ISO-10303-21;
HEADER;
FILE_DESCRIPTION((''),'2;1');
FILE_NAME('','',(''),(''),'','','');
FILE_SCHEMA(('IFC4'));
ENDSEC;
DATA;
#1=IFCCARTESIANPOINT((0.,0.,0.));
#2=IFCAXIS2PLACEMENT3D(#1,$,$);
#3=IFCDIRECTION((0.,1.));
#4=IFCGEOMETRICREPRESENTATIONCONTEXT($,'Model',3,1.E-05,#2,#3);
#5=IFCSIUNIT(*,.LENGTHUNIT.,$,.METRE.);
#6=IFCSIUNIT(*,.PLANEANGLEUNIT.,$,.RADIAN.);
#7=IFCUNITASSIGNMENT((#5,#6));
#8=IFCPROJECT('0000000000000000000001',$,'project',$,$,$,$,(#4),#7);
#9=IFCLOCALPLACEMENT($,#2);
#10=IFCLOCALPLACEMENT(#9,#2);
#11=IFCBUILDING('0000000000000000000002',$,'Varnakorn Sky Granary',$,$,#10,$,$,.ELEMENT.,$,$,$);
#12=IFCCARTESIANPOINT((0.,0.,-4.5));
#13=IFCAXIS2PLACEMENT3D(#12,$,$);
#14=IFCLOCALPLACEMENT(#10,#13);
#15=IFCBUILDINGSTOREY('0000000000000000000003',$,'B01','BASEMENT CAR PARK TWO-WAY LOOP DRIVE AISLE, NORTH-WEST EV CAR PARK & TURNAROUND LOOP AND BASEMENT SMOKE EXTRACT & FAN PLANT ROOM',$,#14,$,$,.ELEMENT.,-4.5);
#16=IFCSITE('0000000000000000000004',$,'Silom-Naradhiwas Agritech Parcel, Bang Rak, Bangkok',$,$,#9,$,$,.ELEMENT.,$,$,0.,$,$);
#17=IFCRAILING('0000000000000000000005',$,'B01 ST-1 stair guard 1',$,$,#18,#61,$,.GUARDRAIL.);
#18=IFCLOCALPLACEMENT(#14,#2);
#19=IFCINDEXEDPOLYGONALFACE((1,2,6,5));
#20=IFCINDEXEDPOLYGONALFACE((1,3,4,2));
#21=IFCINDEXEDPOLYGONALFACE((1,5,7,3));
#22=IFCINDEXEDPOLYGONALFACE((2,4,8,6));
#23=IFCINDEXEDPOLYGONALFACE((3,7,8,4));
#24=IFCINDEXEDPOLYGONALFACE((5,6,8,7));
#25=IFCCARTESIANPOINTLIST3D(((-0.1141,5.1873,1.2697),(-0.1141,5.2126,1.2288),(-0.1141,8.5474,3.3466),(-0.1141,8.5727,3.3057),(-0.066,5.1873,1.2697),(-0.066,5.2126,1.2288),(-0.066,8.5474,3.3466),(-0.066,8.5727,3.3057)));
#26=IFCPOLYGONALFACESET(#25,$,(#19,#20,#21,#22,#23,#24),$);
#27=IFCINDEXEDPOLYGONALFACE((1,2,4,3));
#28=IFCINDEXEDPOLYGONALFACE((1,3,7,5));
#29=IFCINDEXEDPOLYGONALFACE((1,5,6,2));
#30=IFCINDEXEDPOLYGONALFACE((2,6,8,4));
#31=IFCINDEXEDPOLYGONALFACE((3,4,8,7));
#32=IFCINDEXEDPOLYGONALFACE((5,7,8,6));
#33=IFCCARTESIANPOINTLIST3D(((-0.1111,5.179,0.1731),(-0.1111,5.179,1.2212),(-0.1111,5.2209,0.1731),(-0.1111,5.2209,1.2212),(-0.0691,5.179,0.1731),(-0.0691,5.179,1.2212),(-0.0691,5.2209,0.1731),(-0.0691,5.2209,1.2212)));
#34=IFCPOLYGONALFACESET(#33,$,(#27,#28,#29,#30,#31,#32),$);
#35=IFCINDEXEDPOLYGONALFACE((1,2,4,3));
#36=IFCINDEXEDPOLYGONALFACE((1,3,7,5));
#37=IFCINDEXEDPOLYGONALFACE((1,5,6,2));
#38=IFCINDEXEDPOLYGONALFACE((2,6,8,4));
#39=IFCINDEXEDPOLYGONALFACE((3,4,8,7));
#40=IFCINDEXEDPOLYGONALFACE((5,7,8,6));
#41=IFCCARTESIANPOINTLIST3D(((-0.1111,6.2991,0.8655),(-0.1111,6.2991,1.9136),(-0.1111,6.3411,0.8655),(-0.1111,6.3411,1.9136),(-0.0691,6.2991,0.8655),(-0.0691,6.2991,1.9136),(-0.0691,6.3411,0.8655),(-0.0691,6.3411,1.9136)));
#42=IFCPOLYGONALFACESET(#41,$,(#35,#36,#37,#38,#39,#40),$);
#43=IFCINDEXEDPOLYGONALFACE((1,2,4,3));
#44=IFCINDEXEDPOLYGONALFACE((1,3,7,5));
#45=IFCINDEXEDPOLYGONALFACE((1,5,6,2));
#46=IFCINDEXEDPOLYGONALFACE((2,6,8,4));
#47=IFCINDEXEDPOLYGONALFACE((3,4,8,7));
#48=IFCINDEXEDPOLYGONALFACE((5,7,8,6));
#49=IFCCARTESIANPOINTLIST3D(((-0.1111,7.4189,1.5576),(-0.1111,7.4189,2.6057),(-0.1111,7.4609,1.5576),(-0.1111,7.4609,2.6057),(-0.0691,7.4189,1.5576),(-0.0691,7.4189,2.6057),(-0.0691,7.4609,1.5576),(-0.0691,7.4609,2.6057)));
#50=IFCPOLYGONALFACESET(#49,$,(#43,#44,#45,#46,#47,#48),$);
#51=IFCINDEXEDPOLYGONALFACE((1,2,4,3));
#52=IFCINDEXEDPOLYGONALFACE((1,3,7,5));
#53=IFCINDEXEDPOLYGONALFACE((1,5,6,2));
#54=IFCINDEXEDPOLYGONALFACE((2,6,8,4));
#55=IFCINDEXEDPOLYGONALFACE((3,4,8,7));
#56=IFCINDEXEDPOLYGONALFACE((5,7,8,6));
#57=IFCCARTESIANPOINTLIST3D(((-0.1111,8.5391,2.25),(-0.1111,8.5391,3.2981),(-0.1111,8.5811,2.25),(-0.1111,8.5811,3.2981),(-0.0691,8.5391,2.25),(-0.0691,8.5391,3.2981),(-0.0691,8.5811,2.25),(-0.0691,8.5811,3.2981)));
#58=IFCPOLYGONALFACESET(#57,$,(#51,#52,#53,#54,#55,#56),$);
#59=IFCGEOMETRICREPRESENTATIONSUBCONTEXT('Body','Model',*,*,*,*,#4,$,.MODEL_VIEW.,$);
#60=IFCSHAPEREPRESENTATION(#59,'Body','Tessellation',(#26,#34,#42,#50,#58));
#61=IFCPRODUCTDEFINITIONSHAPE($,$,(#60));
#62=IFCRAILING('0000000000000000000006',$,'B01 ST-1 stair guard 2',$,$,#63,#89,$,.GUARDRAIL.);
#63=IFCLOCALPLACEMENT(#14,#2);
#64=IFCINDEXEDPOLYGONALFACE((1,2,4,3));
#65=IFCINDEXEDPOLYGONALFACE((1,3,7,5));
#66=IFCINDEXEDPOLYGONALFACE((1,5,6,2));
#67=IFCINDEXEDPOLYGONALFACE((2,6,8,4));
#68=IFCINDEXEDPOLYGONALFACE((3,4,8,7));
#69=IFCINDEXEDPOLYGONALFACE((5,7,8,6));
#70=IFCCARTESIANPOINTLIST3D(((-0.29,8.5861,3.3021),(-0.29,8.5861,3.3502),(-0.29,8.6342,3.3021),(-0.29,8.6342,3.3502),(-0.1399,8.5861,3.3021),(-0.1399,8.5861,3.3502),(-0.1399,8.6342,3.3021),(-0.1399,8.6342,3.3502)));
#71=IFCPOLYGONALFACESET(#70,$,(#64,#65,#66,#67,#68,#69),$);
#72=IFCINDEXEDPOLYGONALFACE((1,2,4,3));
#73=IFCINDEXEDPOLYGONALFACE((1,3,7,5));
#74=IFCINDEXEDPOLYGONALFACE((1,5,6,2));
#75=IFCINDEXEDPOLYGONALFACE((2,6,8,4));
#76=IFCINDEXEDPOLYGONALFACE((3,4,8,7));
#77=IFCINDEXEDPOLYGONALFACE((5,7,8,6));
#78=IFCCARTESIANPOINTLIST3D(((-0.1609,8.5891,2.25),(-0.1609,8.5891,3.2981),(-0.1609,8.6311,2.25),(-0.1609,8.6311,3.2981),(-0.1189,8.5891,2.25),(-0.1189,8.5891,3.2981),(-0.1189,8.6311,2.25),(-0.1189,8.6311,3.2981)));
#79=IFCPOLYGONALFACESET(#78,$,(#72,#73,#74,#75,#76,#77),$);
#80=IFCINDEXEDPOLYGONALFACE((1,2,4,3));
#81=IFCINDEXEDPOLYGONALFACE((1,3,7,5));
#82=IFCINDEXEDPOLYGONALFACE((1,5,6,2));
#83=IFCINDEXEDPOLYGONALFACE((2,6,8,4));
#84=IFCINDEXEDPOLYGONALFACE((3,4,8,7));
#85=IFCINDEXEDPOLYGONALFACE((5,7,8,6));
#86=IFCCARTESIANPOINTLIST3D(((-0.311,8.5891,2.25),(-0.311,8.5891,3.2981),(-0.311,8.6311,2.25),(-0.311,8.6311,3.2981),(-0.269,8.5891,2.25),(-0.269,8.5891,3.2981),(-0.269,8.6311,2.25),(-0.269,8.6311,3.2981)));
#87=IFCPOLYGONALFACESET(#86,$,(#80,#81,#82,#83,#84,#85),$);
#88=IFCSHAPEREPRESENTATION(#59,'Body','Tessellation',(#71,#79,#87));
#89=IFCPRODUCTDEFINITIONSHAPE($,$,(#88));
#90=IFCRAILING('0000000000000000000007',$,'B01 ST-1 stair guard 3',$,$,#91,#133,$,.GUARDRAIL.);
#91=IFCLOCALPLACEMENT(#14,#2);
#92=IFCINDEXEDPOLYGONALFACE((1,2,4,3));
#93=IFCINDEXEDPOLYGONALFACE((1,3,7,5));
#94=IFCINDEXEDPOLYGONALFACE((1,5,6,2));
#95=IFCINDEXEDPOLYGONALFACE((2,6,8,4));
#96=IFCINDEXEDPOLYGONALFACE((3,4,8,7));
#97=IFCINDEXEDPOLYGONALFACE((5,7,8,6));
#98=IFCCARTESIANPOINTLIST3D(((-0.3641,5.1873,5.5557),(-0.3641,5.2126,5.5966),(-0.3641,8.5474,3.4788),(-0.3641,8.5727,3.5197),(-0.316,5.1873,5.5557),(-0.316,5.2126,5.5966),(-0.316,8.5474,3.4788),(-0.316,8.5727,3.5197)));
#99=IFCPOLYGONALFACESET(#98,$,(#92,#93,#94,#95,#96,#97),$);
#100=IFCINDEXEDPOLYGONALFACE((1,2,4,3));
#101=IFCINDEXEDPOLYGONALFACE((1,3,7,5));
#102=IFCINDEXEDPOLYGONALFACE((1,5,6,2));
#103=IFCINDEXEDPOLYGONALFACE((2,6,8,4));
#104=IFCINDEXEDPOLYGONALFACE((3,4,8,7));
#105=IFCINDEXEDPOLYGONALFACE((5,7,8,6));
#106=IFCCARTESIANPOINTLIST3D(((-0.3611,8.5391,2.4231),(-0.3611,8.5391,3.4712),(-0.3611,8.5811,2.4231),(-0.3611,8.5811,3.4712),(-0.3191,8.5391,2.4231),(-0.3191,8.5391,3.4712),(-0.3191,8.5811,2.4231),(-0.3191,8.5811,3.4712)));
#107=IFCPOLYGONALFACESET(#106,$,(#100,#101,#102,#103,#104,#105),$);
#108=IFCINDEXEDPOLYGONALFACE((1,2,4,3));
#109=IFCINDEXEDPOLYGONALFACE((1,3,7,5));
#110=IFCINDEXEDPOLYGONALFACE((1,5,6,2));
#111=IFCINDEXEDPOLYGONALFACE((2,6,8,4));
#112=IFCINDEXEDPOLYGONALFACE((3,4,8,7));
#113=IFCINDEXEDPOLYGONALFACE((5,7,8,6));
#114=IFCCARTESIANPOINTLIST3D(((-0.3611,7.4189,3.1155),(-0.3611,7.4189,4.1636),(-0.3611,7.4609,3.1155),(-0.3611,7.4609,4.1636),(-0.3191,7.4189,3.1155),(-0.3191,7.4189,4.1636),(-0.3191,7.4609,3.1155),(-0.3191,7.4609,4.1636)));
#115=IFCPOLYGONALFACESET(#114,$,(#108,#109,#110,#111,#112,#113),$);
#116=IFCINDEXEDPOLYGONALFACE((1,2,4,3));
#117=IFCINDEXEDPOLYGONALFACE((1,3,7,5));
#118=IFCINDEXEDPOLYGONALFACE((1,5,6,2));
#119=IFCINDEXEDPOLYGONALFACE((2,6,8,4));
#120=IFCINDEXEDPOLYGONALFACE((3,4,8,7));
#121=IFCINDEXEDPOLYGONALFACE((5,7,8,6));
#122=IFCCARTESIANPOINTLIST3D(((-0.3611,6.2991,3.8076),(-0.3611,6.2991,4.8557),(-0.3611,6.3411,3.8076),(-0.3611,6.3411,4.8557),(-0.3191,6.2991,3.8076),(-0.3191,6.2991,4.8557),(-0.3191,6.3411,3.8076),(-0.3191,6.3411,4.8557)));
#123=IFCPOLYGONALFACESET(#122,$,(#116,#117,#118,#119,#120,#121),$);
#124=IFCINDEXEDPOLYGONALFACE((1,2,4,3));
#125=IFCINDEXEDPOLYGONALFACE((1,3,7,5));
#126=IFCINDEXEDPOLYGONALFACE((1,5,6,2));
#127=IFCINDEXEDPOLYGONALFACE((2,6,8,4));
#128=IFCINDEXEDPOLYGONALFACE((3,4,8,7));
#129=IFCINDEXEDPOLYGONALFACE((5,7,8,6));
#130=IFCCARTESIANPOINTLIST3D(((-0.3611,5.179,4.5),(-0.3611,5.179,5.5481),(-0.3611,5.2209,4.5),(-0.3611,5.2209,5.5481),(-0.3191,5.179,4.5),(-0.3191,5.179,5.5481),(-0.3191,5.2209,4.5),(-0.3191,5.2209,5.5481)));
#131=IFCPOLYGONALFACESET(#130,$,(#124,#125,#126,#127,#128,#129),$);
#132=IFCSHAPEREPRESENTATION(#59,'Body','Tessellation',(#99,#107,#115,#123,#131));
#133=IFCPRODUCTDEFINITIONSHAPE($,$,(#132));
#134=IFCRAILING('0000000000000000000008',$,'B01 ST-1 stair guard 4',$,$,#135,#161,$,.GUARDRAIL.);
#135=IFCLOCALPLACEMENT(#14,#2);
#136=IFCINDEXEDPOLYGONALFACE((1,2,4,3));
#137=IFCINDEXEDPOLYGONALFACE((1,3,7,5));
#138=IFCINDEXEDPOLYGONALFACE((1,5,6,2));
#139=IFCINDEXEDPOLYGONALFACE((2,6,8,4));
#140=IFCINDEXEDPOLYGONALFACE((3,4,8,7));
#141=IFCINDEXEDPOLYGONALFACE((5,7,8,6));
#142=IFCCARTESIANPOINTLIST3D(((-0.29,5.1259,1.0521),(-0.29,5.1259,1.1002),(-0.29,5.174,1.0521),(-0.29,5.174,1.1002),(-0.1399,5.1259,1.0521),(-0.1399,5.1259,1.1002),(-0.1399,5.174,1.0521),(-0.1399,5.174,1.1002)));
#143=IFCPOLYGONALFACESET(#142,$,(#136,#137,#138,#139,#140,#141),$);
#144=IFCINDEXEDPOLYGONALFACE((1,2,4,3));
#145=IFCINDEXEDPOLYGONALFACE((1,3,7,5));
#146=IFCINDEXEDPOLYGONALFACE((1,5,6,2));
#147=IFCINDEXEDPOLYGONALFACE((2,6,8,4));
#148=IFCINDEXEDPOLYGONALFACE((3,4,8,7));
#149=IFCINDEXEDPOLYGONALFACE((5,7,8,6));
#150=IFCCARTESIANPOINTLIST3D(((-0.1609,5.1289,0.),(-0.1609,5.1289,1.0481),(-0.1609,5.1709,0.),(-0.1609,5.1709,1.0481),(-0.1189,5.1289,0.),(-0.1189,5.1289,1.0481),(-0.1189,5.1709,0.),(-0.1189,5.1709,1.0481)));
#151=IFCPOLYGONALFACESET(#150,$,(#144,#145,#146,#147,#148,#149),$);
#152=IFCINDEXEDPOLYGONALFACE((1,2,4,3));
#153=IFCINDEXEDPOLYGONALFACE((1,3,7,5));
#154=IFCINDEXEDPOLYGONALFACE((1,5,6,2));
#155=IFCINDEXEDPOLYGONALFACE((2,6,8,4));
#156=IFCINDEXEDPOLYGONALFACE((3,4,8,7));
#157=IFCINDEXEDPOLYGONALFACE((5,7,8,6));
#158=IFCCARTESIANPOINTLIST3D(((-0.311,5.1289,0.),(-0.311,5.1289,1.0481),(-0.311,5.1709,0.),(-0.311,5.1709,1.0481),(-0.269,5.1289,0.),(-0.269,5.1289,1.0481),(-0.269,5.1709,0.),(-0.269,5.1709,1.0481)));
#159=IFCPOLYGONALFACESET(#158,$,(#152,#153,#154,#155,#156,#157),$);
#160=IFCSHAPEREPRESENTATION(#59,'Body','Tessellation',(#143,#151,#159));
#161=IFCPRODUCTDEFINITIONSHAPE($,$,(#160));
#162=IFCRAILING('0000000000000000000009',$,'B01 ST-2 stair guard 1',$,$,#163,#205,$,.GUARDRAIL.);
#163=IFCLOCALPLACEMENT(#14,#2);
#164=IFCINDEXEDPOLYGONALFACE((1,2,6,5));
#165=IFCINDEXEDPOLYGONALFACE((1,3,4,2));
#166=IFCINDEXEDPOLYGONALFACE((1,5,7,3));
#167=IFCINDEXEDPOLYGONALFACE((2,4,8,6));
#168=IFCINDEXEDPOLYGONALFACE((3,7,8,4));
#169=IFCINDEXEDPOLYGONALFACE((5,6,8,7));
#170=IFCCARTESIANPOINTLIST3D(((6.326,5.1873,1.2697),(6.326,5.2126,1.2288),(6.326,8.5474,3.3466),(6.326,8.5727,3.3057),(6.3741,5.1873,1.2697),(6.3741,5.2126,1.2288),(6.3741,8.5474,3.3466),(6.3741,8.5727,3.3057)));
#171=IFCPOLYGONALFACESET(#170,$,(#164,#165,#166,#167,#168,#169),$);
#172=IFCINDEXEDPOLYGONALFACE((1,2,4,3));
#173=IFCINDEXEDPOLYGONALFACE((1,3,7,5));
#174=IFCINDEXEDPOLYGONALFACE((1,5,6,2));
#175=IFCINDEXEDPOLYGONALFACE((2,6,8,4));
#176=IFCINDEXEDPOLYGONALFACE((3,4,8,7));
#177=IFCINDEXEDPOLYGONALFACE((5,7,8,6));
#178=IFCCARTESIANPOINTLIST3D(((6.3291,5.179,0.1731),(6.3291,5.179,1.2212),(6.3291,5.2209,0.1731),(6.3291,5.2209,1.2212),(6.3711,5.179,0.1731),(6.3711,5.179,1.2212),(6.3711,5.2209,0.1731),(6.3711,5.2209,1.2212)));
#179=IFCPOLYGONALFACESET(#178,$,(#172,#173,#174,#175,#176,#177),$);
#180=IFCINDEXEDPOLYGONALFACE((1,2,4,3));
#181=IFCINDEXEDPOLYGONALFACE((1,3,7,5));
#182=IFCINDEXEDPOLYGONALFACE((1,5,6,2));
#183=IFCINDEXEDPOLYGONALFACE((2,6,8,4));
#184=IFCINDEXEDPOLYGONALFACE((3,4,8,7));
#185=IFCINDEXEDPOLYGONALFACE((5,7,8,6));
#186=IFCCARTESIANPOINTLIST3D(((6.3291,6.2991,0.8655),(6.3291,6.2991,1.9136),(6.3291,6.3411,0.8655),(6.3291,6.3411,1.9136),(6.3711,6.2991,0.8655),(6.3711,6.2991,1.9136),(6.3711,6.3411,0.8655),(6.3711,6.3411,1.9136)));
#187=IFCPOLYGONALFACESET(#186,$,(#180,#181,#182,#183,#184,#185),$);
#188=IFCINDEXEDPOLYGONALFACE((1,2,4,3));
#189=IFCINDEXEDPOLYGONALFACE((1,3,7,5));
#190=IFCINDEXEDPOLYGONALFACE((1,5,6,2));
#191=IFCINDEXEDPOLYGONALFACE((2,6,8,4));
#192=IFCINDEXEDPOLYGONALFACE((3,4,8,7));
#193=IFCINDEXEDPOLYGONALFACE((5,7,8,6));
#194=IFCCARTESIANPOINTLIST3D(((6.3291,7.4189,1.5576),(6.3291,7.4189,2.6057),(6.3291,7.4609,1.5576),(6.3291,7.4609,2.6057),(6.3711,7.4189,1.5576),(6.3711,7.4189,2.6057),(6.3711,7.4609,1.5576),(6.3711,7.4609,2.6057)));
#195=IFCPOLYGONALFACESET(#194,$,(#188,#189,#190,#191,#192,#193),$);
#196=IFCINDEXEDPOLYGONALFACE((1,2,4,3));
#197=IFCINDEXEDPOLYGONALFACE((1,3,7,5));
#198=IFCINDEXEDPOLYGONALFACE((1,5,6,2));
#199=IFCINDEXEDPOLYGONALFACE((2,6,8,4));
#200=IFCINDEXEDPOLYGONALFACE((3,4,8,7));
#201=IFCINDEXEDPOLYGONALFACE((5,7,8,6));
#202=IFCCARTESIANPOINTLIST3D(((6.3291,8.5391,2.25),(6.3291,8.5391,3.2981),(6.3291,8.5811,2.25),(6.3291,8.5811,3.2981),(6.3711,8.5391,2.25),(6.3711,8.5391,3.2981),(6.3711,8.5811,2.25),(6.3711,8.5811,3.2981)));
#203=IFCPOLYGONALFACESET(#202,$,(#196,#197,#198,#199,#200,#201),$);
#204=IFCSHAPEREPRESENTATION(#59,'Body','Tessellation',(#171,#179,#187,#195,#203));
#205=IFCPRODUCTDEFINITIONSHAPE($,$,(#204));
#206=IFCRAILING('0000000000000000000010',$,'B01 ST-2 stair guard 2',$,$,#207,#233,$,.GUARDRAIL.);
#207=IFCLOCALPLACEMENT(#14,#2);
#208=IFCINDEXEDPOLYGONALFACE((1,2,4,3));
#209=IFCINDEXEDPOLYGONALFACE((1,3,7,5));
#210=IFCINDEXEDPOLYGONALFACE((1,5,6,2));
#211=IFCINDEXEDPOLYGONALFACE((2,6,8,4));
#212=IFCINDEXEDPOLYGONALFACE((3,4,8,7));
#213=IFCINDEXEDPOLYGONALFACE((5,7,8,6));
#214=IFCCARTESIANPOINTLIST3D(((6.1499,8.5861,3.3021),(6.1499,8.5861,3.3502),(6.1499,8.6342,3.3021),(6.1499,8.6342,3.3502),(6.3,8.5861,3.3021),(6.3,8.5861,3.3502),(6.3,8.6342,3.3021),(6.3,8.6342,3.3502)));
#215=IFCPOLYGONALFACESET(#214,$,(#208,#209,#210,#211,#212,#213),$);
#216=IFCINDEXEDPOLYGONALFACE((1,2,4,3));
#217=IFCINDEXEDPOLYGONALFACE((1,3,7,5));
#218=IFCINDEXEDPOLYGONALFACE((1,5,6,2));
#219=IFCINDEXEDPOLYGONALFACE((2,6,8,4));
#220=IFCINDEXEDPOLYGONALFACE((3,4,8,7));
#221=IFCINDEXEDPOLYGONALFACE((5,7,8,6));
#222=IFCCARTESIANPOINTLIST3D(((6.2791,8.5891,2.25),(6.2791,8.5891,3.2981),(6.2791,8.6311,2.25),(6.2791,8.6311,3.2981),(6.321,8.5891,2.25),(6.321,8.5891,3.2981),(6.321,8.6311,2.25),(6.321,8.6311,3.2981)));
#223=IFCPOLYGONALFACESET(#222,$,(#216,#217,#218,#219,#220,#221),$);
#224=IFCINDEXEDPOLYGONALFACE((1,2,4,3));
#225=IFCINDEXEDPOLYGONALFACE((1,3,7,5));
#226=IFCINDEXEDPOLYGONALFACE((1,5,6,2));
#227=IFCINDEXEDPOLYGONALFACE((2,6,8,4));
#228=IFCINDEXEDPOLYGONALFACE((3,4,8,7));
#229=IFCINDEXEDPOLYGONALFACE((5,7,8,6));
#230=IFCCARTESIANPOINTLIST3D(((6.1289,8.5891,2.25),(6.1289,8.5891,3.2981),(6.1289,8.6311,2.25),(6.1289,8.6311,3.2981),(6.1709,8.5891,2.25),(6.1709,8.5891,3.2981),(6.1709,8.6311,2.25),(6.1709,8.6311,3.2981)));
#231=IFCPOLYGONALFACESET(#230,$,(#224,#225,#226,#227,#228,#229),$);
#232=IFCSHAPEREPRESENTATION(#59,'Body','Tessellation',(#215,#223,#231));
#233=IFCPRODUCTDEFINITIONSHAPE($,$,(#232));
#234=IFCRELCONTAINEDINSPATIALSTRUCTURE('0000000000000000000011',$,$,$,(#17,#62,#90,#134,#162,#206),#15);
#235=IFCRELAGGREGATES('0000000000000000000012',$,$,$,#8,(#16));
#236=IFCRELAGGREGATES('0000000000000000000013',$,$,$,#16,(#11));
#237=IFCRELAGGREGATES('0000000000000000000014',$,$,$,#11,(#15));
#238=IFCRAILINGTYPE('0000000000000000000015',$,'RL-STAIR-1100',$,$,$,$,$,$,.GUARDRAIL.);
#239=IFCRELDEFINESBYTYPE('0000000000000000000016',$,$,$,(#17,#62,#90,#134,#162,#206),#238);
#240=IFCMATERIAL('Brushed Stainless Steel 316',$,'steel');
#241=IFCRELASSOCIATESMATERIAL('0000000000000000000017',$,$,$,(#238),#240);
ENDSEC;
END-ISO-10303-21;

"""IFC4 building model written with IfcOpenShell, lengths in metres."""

from ifc_helpers import new_model, si_unit, direction, frame, origin, origin_2d, place, context, subcontext, project, spatial, rectangle, extrude, material, type_object, element, save


model = new_model("IFC4")

# Units and contexts
model_context = context("Model", 3, precision=1e-05, world=origin(), true_north=direction((0.0, 1.0)))
body_context = subcontext(model_context, "Body", "Model", "MODEL_VIEW")
ifc_project = project(units=[si_unit("LENGTHUNIT", "METRE"), si_unit("PLANEANGLEUNIT", "RADIAN")], contexts=[model_context])

# Site, building, storey
site_placement = place(None, origin())
site = spatial("IfcSite", under=ifc_project, at=site_placement, Name="Silom-Naradhiwas Agritech Parcel, Bang Rak, Bangkok", CompositionType="ELEMENT", RefElevation=0.0)
building_placement = place(site_placement, origin())
building = spatial("IfcBuilding", under=site, at=building_placement, Name="Varnakorn Sky Granary", CompositionType="ELEMENT")
storey_placement = place(building_placement, frame((0.0, 0.0, -4.5)))
storey = spatial("IfcBuildingStorey", under=building, at=storey_placement, Name="B01", Description="BASEMENT CAR PARK TWO-WAY LOOP DRIVE AISLE, NORTH-WEST EV CAR PARK & TURNAROUND LOOP AND BASEMENT SMOKE EXTRACT & FAN PLANT ROOM", CompositionType="ELEMENT", Elevation=-4.5)

# Railings
ifc_material_1 = material(Name="Brushed Stainless Steel 316", Category="steel")
railing_type_1 = type_object("IfcRailingType", Name="RL-STAIR-1100", PredefinedType="GUARDRAIL", material=ifc_material_1)
railing_1_placement = place(storey_placement, frame((-0.0901, 5.2, 0.1731)))
element("IfcRailing", 1, at=railing_1_placement, inside=storey, type_object=railing_type_1, Name="B01 ST-1 stair guard 1", PredefinedType="GUARDRAIL", context=body_context, shape_type="SweptSolid", body=[
    extrude(rectangle(XDim=0.0481, YDim=0.0481, at=origin_2d()), frame((0.0, 0.0, 1.0762), z_axis=(0.0, 0.850623, 0.525776), x_axis=(-1.0, 0.0, 0.0)), (0.0, 0.0, 1.0), 3.9502),
    extrude(rectangle(XDim=0.042, YDim=0.042, at=origin_2d()), origin(), (0.0, 0.0, 1.0), 1.0481),
    extrude(rectangle(XDim=0.042, YDim=0.042, at=origin_2d()), frame((0.0, 1.1201, 0.6924)), (0.0, 0.0, 1.0), 1.0481),
    extrude(rectangle(XDim=0.042, YDim=0.042, at=origin_2d()), frame((0.0, 2.24, 1.3845)), (0.0, 0.0, 1.0), 1.0481),
    extrude(rectangle(XDim=0.042, YDim=0.042, at=origin_2d()), frame((0.0, 3.3601, 2.0769)), (0.0, 0.0, 1.0), 1.0481),
])
railing_2_placement = place(storey_placement, frame((-0.1399, 8.6101, 2.25)))
element("IfcRailing", 2, at=railing_2_placement, inside=storey, type_object=railing_type_1, Name="B01 ST-1 stair guard 2", PredefinedType="GUARDRAIL", context=body_context, shape_type="SweptSolid", body=[
    extrude(rectangle(XDim=0.0481, YDim=0.0481, at=origin_2d()), frame((0.0, 0.0, 1.0762), z_axis=(-1.0, 0.0, 0.0), x_axis=(0.0, -1.0, 0.0)), (0.0, 0.0, 1.0), 0.1501),
    extrude(rectangle(XDim=0.042, YDim=0.042, at=origin_2d()), origin(), (0.0, 0.0, 1.0), 1.0481),
    extrude(rectangle(XDim=0.042, YDim=0.042, at=origin_2d()), frame((-0.1501, 0.0, 0.0)), (0.0, 0.0, 1.0), 1.0481),
])
railing_3_placement = place(storey_placement, frame((-0.3401, 8.5601, 2.4231)))
element("IfcRailing", 3, at=railing_3_placement, inside=storey, type_object=railing_type_1, Name="B01 ST-1 stair guard 3", PredefinedType="GUARDRAIL", context=body_context, shape_type="SweptSolid", body=[
    extrude(rectangle(XDim=0.0481, YDim=0.0481, at=origin_2d()), frame((0.0, 0.0, 1.0762), z_axis=(0.0, -0.850623, 0.525776), x_axis=(1.0, 0.0, 0.0)), (0.0, 0.0, 1.0), 3.9502),
    extrude(rectangle(XDim=0.042, YDim=0.042, at=origin_2d()), origin(), (0.0, 0.0, 1.0), 1.0481),
    extrude(rectangle(XDim=0.042, YDim=0.042, at=origin_2d()), frame((0.0, -1.1201, 0.6924)), (0.0, 0.0, 1.0), 1.0481),
    extrude(rectangle(XDim=0.042, YDim=0.042, at=origin_2d()), frame((0.0, -2.24, 1.3845)), (0.0, 0.0, 1.0), 1.0481),
    extrude(rectangle(XDim=0.042, YDim=0.042, at=origin_2d()), frame((0.0, -3.3601, 2.0769)), (0.0, 0.0, 1.0), 1.0481),
])
railing_4_placement = place(storey_placement, frame((-0.1399, 5.1499, 0.0)))
element("IfcRailing", 4, at=railing_4_placement, inside=storey, type_object=railing_type_1, Name="B01 ST-1 stair guard 4", PredefinedType="GUARDRAIL", context=body_context, shape_type="SweptSolid", body=[
    extrude(rectangle(XDim=0.0481, YDim=0.0481, at=origin_2d()), frame((0.0, 0.0, 1.0762), z_axis=(-1.0, 0.0, 0.0), x_axis=(0.0, -1.0, 0.0)), (0.0, 0.0, 1.0), 0.1501),
    extrude(rectangle(XDim=0.042, YDim=0.042, at=origin_2d()), origin(), (0.0, 0.0, 1.0), 1.0481),
    extrude(rectangle(XDim=0.042, YDim=0.042, at=origin_2d()), frame((-0.1501, 0.0, 0.0)), (0.0, 0.0, 1.0), 1.0481),
])
railing_5_placement = place(storey_placement, frame((6.3501, 5.2, 0.1731)))
element("IfcRailing", 5, at=railing_5_placement, inside=storey, type_object=railing_type_1, Name="B01 ST-2 stair guard 1", PredefinedType="GUARDRAIL", context=body_context, shape_type="SweptSolid", body=[
    extrude(rectangle(XDim=0.0481, YDim=0.0481, at=origin_2d()), frame((0.0, 0.0, 1.0762), z_axis=(0.0, 0.850623, 0.525776), x_axis=(-1.0, 0.0, 0.0)), (0.0, 0.0, 1.0), 3.9502),
    extrude(rectangle(XDim=0.042, YDim=0.042, at=origin_2d()), origin(), (0.0, 0.0, 1.0), 1.0481),
    extrude(rectangle(XDim=0.042, YDim=0.042, at=origin_2d()), frame((0.0, 1.1201, 0.6924)), (0.0, 0.0, 1.0), 1.0481),
    extrude(rectangle(XDim=0.042, YDim=0.042, at=origin_2d()), frame((0.0, 2.24, 1.3845)), (0.0, 0.0, 1.0), 1.0481),
    extrude(rectangle(XDim=0.042, YDim=0.042, at=origin_2d()), frame((0.0, 3.3601, 2.0769)), (0.0, 0.0, 1.0), 1.0481),
])
railing_6_placement = place(storey_placement, frame((6.3, 8.6101, 2.25)))
element("IfcRailing", 6, at=railing_6_placement, inside=storey, type_object=railing_type_1, Name="B01 ST-2 stair guard 2", PredefinedType="GUARDRAIL", context=body_context, shape_type="SweptSolid", body=[
    extrude(rectangle(XDim=0.0481, YDim=0.0481, at=origin_2d()), frame((0.0, 0.0, 1.0762), z_axis=(-1.0, 0.0, 0.0), x_axis=(0.0, -1.0, 0.0)), (0.0, 0.0, 1.0), 0.1501),
    extrude(rectangle(XDim=0.042, YDim=0.042, at=origin_2d()), origin(), (0.0, 0.0, 1.0), 1.0481),
    extrude(rectangle(XDim=0.042, YDim=0.042, at=origin_2d()), frame((-0.1501, 0.0, 0.0)), (0.0, 0.0, 1.0), 1.0481),
])

save(model, "model.ifc")
